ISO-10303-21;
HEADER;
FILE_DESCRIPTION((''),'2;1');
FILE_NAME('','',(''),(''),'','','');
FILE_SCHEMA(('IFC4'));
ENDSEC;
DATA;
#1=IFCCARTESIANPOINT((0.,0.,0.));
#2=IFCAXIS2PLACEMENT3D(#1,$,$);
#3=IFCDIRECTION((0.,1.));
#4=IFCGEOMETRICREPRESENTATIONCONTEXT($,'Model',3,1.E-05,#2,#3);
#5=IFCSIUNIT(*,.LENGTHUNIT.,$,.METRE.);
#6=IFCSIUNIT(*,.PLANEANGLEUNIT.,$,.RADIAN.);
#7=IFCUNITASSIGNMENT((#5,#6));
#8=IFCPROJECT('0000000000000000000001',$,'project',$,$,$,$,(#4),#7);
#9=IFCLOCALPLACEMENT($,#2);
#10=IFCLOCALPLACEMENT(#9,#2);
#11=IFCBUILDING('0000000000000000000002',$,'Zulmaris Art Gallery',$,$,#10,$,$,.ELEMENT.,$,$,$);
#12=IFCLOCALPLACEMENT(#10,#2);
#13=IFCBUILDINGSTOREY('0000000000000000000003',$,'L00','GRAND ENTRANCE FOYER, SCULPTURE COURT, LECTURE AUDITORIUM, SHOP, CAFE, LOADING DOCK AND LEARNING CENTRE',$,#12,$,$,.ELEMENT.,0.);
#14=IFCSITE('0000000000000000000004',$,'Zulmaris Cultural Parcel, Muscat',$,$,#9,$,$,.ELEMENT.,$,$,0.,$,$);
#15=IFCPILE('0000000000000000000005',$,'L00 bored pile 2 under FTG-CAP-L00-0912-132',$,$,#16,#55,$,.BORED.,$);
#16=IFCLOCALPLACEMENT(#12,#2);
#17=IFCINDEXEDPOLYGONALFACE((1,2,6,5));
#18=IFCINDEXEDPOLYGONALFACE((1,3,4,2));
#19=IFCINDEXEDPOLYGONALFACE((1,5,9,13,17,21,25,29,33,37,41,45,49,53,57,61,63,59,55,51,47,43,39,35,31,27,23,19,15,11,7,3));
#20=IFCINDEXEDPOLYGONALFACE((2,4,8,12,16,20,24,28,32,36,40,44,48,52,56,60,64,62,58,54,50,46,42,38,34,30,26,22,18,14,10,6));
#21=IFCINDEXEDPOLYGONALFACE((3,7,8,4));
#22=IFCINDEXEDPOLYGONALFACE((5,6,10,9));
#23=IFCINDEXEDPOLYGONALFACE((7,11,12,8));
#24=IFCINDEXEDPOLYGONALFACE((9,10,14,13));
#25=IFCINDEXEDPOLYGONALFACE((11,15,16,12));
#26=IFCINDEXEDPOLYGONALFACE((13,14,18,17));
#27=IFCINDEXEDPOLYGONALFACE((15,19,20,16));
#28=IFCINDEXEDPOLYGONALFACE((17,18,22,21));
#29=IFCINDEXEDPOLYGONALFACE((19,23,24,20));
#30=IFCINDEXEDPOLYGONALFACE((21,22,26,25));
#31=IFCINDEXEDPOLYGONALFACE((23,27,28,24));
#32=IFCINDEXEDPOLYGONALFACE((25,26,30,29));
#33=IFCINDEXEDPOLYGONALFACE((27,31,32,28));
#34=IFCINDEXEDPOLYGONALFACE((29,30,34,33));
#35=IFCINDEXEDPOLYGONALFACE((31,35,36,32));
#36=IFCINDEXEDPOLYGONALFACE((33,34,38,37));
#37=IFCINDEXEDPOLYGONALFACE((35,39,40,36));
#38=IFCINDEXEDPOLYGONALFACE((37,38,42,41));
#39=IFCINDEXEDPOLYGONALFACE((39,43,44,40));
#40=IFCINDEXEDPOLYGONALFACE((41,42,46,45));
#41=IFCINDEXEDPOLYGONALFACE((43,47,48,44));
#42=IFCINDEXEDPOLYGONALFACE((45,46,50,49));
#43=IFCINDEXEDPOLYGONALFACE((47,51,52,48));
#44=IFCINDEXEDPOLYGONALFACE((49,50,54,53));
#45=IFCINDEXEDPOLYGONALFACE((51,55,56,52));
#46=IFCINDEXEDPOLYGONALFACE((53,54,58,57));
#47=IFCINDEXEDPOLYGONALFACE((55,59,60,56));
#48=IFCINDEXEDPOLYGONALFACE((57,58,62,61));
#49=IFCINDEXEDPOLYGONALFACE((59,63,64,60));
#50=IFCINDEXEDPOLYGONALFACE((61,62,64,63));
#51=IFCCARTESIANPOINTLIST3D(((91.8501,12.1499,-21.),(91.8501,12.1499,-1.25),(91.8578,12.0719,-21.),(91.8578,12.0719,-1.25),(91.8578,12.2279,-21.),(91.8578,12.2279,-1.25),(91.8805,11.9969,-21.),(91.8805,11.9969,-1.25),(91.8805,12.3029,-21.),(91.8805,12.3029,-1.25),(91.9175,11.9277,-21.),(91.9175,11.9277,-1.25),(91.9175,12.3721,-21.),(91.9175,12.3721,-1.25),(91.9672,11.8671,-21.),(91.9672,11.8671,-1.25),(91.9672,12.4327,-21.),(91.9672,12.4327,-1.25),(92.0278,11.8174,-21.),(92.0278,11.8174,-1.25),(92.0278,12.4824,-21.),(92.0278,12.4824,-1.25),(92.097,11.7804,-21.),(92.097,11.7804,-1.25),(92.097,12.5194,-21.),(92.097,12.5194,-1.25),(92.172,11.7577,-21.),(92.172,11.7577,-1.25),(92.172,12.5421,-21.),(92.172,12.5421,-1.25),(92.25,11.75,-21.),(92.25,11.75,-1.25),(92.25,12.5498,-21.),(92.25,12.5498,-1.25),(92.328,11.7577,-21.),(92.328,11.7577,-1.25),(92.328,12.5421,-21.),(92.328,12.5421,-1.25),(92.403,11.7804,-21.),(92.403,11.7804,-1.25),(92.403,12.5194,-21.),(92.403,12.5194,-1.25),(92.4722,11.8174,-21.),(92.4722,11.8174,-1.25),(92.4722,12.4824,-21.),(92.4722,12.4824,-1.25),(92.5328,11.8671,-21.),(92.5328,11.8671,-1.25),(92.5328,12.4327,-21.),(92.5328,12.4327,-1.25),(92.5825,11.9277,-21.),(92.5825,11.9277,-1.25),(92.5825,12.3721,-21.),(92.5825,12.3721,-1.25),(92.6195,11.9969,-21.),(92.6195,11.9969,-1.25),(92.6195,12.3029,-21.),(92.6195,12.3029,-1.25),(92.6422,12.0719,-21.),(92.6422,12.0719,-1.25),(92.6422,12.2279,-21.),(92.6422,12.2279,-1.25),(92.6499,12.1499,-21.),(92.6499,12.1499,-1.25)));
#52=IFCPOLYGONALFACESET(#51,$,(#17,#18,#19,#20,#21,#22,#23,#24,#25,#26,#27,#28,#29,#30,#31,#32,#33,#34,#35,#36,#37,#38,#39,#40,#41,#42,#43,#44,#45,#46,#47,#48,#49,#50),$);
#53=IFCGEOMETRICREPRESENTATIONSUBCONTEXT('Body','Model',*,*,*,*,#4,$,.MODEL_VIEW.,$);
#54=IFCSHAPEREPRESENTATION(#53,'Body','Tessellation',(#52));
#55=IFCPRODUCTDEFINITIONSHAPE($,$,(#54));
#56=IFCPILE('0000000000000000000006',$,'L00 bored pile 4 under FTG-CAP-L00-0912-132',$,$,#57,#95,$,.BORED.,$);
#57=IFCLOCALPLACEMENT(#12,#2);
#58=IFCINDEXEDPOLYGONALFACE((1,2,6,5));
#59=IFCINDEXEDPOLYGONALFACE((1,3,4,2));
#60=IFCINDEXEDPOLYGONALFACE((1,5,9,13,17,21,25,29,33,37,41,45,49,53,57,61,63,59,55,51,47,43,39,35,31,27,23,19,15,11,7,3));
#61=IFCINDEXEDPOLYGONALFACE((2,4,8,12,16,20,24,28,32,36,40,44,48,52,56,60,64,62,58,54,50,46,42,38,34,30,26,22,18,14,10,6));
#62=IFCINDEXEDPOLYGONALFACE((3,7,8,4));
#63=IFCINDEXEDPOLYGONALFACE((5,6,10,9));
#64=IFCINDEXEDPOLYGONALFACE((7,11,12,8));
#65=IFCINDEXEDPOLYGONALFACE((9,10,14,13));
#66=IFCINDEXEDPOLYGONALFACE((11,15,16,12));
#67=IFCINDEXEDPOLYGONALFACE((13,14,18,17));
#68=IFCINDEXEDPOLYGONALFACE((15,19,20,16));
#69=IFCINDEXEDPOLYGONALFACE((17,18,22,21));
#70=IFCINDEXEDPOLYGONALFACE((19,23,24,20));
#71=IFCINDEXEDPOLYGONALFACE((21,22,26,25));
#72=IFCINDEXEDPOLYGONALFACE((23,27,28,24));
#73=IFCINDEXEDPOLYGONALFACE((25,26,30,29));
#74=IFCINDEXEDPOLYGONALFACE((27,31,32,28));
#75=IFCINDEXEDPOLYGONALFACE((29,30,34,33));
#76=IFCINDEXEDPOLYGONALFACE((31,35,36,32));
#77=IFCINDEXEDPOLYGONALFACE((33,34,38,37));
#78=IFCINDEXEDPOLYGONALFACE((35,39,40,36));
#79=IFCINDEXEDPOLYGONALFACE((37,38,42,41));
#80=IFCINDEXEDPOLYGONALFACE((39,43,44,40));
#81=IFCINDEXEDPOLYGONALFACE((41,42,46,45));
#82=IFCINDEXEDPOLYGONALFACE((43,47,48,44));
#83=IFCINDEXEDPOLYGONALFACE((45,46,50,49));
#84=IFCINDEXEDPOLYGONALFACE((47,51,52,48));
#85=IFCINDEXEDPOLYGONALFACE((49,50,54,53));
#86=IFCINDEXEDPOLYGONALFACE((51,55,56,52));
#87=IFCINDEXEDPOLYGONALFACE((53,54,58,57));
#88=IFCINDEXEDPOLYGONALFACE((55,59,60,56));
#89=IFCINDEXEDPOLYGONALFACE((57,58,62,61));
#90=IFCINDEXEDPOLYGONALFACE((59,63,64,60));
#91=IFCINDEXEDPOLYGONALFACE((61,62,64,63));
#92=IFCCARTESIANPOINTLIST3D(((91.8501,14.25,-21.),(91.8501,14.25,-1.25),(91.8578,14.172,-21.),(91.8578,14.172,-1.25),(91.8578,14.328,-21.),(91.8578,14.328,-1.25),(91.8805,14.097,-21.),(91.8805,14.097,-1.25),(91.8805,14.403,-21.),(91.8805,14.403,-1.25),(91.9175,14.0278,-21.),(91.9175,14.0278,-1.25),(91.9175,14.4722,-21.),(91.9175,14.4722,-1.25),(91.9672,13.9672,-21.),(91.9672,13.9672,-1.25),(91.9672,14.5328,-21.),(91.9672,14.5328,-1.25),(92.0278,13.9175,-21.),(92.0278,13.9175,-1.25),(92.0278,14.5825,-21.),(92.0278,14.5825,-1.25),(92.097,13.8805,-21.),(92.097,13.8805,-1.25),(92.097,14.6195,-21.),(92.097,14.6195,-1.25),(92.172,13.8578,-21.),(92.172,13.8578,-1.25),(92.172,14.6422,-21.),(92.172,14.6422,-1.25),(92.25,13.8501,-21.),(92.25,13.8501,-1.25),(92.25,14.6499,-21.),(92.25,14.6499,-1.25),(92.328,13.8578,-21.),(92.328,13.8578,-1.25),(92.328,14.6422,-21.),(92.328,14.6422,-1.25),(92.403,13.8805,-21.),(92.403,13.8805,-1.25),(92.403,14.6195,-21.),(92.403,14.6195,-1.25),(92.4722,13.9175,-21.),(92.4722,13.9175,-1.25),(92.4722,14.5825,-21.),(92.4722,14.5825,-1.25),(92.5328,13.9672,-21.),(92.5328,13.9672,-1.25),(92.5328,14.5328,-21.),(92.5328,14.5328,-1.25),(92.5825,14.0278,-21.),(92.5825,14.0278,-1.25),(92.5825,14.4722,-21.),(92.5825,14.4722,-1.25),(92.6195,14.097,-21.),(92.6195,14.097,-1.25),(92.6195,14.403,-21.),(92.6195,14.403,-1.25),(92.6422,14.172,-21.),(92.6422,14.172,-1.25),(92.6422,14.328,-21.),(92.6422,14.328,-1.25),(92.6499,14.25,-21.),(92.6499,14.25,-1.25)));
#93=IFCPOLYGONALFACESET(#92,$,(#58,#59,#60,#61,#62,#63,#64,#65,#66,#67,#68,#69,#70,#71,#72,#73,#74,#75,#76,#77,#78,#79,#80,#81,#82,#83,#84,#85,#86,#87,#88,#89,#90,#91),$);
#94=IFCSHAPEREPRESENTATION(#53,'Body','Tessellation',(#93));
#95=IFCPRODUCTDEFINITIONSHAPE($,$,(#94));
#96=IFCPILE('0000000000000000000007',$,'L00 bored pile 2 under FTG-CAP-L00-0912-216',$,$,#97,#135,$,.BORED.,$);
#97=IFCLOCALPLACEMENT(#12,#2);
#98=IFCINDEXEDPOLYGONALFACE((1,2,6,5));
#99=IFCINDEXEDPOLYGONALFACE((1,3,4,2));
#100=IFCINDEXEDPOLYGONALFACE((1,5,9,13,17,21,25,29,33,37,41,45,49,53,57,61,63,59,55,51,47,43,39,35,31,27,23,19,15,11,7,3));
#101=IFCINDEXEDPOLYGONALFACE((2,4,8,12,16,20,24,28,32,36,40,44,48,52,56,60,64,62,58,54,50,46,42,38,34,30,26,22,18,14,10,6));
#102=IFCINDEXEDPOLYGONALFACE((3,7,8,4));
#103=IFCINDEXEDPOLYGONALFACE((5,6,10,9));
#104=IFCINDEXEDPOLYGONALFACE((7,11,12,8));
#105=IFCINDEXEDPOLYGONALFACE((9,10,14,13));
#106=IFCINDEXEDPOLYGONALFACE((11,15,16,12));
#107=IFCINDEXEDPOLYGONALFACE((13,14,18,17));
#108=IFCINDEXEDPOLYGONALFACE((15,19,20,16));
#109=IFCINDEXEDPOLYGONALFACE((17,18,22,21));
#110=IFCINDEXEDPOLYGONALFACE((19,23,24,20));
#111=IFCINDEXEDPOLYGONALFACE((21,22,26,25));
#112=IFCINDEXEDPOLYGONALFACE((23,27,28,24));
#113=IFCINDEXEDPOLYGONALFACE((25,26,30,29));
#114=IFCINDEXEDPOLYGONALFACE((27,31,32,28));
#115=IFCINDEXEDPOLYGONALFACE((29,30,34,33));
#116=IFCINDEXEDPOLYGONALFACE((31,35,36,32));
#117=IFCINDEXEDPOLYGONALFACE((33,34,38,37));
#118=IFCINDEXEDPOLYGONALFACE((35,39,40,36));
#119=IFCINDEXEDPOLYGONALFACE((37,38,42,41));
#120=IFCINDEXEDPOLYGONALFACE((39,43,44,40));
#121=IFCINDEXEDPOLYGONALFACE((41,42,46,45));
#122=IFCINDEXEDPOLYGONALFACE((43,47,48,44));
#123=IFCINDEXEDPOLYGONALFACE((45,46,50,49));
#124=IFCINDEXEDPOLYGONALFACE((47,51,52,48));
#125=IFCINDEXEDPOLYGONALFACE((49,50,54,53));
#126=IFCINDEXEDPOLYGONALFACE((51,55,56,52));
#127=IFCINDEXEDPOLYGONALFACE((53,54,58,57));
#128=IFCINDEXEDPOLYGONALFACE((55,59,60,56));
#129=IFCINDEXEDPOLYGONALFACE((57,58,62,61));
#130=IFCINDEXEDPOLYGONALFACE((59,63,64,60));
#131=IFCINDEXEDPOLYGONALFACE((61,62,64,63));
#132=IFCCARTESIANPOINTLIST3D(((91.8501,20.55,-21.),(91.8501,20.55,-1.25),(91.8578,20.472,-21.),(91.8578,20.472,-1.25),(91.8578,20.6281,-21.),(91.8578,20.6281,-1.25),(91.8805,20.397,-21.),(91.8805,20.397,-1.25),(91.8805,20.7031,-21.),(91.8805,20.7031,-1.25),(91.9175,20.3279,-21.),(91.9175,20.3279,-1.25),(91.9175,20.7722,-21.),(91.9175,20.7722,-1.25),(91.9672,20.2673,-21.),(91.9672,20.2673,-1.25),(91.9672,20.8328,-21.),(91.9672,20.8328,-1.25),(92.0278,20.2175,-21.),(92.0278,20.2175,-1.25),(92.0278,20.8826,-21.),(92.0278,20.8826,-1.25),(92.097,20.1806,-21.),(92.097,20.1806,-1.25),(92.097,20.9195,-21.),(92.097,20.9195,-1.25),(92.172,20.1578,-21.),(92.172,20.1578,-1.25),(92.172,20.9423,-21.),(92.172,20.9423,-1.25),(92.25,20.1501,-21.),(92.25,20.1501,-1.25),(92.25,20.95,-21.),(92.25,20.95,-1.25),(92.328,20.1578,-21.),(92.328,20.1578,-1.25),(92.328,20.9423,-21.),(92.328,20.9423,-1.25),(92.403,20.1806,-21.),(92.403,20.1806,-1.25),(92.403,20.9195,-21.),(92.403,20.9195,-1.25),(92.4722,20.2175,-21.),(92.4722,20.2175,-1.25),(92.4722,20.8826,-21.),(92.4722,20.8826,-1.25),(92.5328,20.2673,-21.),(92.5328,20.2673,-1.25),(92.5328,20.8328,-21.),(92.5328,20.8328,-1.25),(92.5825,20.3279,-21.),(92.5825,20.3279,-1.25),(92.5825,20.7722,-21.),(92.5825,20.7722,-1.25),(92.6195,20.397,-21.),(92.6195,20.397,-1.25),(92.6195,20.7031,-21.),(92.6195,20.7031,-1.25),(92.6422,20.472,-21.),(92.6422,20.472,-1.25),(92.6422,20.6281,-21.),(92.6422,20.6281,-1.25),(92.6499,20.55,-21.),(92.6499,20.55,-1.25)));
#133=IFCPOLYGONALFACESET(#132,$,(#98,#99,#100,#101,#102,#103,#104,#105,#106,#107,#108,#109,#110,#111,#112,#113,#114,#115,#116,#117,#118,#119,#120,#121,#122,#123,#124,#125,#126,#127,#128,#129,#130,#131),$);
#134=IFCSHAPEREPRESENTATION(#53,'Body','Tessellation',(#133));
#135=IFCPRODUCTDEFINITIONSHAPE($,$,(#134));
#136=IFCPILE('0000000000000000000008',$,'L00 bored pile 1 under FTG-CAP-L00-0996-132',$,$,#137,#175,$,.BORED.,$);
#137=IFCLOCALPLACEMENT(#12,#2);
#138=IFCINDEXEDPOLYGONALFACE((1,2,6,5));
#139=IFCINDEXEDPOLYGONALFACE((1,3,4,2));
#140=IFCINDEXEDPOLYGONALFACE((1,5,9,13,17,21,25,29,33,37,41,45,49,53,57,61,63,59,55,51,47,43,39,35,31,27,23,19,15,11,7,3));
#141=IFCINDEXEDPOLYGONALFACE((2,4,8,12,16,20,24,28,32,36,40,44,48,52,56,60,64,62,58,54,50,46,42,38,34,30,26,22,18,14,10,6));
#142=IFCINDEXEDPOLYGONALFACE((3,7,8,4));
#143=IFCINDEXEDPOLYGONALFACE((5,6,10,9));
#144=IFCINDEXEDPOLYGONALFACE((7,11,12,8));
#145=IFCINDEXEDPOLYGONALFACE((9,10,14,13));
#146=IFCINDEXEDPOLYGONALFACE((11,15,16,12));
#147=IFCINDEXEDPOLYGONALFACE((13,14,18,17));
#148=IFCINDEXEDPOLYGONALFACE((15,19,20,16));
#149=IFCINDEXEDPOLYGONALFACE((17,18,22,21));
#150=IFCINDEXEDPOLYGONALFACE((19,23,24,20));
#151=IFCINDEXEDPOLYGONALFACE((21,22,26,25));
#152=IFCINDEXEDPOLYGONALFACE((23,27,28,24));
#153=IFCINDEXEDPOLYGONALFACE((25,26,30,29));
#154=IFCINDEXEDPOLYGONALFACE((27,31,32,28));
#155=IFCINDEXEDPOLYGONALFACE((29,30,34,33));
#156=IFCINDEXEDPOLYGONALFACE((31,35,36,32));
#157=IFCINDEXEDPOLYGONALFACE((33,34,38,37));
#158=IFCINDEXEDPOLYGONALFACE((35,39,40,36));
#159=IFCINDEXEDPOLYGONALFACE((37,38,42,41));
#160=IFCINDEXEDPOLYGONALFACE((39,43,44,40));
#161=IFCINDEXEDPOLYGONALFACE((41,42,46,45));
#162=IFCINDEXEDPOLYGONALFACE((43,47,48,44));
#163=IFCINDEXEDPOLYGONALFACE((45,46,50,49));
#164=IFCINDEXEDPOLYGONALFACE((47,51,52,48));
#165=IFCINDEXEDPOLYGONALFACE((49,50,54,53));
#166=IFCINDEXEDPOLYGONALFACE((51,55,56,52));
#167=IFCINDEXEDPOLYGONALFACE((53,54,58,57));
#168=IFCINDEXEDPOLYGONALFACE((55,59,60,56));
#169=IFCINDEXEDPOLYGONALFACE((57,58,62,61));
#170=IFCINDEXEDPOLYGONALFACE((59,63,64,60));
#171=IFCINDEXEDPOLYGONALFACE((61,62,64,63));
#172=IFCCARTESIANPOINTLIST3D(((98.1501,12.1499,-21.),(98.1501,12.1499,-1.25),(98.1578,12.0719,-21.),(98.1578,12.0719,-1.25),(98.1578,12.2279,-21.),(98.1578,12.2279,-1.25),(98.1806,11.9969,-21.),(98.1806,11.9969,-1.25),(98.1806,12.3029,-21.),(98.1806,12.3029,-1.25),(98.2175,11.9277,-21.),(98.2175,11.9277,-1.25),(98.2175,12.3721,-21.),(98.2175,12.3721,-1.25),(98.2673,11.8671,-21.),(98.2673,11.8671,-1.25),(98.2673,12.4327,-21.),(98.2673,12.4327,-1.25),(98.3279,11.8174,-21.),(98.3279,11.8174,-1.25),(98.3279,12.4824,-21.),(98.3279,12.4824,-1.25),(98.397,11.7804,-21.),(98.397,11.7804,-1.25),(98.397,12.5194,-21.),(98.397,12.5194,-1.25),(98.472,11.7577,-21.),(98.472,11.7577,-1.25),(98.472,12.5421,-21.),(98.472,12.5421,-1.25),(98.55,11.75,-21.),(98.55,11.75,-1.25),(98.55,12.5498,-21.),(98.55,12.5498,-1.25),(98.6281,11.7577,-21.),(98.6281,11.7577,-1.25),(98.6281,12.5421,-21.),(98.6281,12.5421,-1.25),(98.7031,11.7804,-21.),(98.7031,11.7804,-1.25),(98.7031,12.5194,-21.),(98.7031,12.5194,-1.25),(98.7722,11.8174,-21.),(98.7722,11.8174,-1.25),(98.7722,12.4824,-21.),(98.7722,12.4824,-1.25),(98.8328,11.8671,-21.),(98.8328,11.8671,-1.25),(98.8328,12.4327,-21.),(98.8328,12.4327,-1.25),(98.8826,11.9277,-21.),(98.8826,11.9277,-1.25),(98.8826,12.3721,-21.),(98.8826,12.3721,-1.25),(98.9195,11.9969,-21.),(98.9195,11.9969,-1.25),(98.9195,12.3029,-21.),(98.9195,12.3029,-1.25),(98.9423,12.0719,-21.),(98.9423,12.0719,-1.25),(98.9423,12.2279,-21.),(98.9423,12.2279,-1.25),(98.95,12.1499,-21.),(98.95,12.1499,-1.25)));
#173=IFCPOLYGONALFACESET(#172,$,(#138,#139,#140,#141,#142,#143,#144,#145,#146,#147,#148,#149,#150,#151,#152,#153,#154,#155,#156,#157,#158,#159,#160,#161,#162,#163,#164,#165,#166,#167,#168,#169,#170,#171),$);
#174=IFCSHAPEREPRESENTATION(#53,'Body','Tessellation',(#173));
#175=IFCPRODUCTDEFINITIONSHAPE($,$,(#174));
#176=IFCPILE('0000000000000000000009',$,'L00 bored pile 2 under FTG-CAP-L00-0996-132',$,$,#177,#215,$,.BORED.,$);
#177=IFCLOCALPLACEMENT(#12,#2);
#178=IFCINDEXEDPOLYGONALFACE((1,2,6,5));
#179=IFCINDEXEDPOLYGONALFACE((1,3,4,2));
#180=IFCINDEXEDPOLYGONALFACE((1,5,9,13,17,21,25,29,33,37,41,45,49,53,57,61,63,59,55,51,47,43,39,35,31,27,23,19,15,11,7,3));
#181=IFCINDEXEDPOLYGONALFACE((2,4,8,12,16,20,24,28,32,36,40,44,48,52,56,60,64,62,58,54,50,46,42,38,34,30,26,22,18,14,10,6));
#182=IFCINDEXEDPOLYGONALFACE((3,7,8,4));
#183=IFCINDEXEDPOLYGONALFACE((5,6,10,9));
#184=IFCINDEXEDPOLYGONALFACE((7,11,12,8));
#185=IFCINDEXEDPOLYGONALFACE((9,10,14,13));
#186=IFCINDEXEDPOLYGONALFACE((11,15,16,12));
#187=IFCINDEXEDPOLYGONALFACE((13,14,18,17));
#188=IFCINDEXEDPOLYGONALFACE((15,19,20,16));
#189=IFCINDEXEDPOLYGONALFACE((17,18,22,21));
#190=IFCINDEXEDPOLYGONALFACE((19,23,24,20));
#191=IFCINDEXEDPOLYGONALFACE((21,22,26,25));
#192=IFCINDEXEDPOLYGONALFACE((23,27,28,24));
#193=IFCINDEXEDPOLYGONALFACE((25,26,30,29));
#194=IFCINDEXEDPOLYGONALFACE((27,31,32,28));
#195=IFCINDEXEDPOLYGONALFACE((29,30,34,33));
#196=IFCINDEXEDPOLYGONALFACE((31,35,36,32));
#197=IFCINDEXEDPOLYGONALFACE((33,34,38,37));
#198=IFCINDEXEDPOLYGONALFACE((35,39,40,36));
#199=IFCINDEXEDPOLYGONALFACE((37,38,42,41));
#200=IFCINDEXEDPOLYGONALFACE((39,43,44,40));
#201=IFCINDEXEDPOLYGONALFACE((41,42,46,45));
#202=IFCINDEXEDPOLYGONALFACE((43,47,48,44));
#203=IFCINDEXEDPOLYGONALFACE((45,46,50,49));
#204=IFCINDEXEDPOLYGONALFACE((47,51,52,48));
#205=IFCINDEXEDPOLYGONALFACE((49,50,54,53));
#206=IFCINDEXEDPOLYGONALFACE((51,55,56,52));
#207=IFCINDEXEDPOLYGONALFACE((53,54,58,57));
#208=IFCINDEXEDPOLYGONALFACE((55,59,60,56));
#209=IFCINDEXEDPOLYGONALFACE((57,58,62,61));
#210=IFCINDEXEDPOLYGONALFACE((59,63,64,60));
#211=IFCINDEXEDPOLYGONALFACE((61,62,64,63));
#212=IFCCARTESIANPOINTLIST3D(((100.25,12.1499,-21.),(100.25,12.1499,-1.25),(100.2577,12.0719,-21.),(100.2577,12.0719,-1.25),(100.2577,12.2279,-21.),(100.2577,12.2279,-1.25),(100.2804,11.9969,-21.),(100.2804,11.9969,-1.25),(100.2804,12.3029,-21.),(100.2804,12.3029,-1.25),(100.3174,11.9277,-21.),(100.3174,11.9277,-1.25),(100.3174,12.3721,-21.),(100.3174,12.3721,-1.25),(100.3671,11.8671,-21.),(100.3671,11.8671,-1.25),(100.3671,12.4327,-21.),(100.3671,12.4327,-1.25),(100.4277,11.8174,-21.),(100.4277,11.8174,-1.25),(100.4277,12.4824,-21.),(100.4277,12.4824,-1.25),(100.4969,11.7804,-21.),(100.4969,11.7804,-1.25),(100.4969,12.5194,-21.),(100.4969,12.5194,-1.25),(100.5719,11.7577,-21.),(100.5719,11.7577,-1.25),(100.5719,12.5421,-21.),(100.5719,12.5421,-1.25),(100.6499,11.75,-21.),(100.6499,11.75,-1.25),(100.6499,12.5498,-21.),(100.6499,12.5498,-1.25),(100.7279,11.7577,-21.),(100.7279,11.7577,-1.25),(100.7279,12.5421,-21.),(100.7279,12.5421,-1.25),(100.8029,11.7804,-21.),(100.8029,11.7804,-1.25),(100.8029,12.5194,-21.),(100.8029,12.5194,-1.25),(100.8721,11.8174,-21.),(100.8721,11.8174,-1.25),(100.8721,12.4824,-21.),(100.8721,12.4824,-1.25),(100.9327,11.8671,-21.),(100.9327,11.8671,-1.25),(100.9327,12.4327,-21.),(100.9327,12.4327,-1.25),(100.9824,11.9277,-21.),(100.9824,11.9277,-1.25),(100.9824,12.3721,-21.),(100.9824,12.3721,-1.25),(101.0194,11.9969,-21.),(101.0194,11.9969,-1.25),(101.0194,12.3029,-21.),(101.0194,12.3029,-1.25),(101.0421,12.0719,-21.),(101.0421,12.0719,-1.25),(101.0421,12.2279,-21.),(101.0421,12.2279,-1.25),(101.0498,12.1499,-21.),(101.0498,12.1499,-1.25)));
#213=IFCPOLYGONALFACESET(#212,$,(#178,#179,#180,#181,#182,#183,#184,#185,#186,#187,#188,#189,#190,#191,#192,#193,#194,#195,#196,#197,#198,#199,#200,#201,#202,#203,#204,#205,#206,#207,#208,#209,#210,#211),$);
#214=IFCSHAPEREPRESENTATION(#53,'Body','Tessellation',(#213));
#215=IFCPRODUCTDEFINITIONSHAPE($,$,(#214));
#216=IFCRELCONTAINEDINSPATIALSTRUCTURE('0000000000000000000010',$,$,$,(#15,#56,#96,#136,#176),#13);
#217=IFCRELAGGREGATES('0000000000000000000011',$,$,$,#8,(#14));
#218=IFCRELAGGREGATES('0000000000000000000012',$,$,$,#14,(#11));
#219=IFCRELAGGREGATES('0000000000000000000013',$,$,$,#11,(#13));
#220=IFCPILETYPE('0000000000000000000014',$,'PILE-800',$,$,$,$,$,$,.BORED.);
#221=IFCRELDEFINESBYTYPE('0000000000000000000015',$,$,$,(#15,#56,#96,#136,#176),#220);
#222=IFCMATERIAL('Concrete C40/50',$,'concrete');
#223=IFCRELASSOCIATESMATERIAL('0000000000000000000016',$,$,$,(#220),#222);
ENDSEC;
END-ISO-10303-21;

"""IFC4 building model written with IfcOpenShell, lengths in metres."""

from ifc_helpers import new_model, si_unit, direction, frame, origin, origin_2d, place, context, subcontext, project, spatial, circle, extrude, material, material_profile, profile_set, type_object, element, save


model = new_model("IFC4")

# Units and contexts
model_context = context("Model", 3, precision=1e-05, world=origin(), true_north=direction((0.0, 1.0)))
body_context = subcontext(model_context, "Body", "Model", "MODEL_VIEW")
ifc_project = project(units=[si_unit("LENGTHUNIT", "METRE"), si_unit("PLANEANGLEUNIT", "RADIAN")], contexts=[model_context])

# Site, building, storey
site_placement = place(None, origin())
site = spatial("IfcSite", under=ifc_project, at=site_placement, Name="Zulmaris Cultural Parcel, Muscat", CompositionType="ELEMENT", RefElevation=0.0)
building_placement = place(site_placement, origin())
building = spatial("IfcBuilding", under=site, at=building_placement, Name="Zulmaris Art Gallery", CompositionType="ELEMENT")
storey_placement = place(building_placement, origin())
storey = spatial("IfcBuildingStorey", under=building, at=storey_placement, Name="L00", Description="GRAND ENTRANCE FOYER, SCULPTURE COURT, LECTURE AUDITORIUM, SHOP, CAFE, LOADING DOCK AND LEARNING CENTRE", CompositionType="ELEMENT", Elevation=0.0)

# Piles
ifc_material_1 = material(Name="Concrete C40/50", Category="concrete")
ifc_material_profile_1 = material_profile(ifc_material_1, circle(Radius=0.3999, at=origin_2d()), Name="PILE DIA 800")
ifc_profile_set_1 = profile_set([ifc_material_profile_1], Name="Concrete C40/50")
pile_type = type_object("IfcPileType", Name="PILE-800", PredefinedType="BORED", material=ifc_profile_set_1)
for number, where, z_axis, x_axis, name in (
    (1, (92.25, 12.1499, -1.25), (0.0, 0.0, -1.0), (1.0, 0.0, 0.0), "L00 bored pile 2 under FTG-CAP-L00-0912-132"),
    (2, (92.25, 14.25, -1.25), (0.0, 0.0, -1.0), (1.0, 0.0, 0.0), "L00 bored pile 4 under FTG-CAP-L00-0912-132"),
    (3, (92.25, 20.55, -1.25), (0.0, 0.0, -1.0), (1.0, 0.0, 0.0), "L00 bored pile 2 under FTG-CAP-L00-0912-216"),
    (4, (98.55, 12.1499, -1.25), (0.0, 0.0, -1.0), (1.0, 0.0, 0.0), "L00 bored pile 1 under FTG-CAP-L00-0996-132"),
    (5, (100.6499, 12.1499, -1.25), (0.0, 0.0, -1.0), (1.0, 0.0, 0.0), "L00 bored pile 2 under FTG-CAP-L00-0996-132"),
):
    element("IfcPile", number, at=place(storey_placement, frame(where, z_axis=z_axis, x_axis=x_axis)), inside=storey, type_object=pile_type, Name=name, PredefinedType="BORED", context=body_context, shape_type="SweptSolid", body=[
        extrude(circle(Radius=0.3999, at=origin_2d()), origin(), (0.0, 0.0, 1.0), 19.75),
    ])

save(model, "model.ifc")
